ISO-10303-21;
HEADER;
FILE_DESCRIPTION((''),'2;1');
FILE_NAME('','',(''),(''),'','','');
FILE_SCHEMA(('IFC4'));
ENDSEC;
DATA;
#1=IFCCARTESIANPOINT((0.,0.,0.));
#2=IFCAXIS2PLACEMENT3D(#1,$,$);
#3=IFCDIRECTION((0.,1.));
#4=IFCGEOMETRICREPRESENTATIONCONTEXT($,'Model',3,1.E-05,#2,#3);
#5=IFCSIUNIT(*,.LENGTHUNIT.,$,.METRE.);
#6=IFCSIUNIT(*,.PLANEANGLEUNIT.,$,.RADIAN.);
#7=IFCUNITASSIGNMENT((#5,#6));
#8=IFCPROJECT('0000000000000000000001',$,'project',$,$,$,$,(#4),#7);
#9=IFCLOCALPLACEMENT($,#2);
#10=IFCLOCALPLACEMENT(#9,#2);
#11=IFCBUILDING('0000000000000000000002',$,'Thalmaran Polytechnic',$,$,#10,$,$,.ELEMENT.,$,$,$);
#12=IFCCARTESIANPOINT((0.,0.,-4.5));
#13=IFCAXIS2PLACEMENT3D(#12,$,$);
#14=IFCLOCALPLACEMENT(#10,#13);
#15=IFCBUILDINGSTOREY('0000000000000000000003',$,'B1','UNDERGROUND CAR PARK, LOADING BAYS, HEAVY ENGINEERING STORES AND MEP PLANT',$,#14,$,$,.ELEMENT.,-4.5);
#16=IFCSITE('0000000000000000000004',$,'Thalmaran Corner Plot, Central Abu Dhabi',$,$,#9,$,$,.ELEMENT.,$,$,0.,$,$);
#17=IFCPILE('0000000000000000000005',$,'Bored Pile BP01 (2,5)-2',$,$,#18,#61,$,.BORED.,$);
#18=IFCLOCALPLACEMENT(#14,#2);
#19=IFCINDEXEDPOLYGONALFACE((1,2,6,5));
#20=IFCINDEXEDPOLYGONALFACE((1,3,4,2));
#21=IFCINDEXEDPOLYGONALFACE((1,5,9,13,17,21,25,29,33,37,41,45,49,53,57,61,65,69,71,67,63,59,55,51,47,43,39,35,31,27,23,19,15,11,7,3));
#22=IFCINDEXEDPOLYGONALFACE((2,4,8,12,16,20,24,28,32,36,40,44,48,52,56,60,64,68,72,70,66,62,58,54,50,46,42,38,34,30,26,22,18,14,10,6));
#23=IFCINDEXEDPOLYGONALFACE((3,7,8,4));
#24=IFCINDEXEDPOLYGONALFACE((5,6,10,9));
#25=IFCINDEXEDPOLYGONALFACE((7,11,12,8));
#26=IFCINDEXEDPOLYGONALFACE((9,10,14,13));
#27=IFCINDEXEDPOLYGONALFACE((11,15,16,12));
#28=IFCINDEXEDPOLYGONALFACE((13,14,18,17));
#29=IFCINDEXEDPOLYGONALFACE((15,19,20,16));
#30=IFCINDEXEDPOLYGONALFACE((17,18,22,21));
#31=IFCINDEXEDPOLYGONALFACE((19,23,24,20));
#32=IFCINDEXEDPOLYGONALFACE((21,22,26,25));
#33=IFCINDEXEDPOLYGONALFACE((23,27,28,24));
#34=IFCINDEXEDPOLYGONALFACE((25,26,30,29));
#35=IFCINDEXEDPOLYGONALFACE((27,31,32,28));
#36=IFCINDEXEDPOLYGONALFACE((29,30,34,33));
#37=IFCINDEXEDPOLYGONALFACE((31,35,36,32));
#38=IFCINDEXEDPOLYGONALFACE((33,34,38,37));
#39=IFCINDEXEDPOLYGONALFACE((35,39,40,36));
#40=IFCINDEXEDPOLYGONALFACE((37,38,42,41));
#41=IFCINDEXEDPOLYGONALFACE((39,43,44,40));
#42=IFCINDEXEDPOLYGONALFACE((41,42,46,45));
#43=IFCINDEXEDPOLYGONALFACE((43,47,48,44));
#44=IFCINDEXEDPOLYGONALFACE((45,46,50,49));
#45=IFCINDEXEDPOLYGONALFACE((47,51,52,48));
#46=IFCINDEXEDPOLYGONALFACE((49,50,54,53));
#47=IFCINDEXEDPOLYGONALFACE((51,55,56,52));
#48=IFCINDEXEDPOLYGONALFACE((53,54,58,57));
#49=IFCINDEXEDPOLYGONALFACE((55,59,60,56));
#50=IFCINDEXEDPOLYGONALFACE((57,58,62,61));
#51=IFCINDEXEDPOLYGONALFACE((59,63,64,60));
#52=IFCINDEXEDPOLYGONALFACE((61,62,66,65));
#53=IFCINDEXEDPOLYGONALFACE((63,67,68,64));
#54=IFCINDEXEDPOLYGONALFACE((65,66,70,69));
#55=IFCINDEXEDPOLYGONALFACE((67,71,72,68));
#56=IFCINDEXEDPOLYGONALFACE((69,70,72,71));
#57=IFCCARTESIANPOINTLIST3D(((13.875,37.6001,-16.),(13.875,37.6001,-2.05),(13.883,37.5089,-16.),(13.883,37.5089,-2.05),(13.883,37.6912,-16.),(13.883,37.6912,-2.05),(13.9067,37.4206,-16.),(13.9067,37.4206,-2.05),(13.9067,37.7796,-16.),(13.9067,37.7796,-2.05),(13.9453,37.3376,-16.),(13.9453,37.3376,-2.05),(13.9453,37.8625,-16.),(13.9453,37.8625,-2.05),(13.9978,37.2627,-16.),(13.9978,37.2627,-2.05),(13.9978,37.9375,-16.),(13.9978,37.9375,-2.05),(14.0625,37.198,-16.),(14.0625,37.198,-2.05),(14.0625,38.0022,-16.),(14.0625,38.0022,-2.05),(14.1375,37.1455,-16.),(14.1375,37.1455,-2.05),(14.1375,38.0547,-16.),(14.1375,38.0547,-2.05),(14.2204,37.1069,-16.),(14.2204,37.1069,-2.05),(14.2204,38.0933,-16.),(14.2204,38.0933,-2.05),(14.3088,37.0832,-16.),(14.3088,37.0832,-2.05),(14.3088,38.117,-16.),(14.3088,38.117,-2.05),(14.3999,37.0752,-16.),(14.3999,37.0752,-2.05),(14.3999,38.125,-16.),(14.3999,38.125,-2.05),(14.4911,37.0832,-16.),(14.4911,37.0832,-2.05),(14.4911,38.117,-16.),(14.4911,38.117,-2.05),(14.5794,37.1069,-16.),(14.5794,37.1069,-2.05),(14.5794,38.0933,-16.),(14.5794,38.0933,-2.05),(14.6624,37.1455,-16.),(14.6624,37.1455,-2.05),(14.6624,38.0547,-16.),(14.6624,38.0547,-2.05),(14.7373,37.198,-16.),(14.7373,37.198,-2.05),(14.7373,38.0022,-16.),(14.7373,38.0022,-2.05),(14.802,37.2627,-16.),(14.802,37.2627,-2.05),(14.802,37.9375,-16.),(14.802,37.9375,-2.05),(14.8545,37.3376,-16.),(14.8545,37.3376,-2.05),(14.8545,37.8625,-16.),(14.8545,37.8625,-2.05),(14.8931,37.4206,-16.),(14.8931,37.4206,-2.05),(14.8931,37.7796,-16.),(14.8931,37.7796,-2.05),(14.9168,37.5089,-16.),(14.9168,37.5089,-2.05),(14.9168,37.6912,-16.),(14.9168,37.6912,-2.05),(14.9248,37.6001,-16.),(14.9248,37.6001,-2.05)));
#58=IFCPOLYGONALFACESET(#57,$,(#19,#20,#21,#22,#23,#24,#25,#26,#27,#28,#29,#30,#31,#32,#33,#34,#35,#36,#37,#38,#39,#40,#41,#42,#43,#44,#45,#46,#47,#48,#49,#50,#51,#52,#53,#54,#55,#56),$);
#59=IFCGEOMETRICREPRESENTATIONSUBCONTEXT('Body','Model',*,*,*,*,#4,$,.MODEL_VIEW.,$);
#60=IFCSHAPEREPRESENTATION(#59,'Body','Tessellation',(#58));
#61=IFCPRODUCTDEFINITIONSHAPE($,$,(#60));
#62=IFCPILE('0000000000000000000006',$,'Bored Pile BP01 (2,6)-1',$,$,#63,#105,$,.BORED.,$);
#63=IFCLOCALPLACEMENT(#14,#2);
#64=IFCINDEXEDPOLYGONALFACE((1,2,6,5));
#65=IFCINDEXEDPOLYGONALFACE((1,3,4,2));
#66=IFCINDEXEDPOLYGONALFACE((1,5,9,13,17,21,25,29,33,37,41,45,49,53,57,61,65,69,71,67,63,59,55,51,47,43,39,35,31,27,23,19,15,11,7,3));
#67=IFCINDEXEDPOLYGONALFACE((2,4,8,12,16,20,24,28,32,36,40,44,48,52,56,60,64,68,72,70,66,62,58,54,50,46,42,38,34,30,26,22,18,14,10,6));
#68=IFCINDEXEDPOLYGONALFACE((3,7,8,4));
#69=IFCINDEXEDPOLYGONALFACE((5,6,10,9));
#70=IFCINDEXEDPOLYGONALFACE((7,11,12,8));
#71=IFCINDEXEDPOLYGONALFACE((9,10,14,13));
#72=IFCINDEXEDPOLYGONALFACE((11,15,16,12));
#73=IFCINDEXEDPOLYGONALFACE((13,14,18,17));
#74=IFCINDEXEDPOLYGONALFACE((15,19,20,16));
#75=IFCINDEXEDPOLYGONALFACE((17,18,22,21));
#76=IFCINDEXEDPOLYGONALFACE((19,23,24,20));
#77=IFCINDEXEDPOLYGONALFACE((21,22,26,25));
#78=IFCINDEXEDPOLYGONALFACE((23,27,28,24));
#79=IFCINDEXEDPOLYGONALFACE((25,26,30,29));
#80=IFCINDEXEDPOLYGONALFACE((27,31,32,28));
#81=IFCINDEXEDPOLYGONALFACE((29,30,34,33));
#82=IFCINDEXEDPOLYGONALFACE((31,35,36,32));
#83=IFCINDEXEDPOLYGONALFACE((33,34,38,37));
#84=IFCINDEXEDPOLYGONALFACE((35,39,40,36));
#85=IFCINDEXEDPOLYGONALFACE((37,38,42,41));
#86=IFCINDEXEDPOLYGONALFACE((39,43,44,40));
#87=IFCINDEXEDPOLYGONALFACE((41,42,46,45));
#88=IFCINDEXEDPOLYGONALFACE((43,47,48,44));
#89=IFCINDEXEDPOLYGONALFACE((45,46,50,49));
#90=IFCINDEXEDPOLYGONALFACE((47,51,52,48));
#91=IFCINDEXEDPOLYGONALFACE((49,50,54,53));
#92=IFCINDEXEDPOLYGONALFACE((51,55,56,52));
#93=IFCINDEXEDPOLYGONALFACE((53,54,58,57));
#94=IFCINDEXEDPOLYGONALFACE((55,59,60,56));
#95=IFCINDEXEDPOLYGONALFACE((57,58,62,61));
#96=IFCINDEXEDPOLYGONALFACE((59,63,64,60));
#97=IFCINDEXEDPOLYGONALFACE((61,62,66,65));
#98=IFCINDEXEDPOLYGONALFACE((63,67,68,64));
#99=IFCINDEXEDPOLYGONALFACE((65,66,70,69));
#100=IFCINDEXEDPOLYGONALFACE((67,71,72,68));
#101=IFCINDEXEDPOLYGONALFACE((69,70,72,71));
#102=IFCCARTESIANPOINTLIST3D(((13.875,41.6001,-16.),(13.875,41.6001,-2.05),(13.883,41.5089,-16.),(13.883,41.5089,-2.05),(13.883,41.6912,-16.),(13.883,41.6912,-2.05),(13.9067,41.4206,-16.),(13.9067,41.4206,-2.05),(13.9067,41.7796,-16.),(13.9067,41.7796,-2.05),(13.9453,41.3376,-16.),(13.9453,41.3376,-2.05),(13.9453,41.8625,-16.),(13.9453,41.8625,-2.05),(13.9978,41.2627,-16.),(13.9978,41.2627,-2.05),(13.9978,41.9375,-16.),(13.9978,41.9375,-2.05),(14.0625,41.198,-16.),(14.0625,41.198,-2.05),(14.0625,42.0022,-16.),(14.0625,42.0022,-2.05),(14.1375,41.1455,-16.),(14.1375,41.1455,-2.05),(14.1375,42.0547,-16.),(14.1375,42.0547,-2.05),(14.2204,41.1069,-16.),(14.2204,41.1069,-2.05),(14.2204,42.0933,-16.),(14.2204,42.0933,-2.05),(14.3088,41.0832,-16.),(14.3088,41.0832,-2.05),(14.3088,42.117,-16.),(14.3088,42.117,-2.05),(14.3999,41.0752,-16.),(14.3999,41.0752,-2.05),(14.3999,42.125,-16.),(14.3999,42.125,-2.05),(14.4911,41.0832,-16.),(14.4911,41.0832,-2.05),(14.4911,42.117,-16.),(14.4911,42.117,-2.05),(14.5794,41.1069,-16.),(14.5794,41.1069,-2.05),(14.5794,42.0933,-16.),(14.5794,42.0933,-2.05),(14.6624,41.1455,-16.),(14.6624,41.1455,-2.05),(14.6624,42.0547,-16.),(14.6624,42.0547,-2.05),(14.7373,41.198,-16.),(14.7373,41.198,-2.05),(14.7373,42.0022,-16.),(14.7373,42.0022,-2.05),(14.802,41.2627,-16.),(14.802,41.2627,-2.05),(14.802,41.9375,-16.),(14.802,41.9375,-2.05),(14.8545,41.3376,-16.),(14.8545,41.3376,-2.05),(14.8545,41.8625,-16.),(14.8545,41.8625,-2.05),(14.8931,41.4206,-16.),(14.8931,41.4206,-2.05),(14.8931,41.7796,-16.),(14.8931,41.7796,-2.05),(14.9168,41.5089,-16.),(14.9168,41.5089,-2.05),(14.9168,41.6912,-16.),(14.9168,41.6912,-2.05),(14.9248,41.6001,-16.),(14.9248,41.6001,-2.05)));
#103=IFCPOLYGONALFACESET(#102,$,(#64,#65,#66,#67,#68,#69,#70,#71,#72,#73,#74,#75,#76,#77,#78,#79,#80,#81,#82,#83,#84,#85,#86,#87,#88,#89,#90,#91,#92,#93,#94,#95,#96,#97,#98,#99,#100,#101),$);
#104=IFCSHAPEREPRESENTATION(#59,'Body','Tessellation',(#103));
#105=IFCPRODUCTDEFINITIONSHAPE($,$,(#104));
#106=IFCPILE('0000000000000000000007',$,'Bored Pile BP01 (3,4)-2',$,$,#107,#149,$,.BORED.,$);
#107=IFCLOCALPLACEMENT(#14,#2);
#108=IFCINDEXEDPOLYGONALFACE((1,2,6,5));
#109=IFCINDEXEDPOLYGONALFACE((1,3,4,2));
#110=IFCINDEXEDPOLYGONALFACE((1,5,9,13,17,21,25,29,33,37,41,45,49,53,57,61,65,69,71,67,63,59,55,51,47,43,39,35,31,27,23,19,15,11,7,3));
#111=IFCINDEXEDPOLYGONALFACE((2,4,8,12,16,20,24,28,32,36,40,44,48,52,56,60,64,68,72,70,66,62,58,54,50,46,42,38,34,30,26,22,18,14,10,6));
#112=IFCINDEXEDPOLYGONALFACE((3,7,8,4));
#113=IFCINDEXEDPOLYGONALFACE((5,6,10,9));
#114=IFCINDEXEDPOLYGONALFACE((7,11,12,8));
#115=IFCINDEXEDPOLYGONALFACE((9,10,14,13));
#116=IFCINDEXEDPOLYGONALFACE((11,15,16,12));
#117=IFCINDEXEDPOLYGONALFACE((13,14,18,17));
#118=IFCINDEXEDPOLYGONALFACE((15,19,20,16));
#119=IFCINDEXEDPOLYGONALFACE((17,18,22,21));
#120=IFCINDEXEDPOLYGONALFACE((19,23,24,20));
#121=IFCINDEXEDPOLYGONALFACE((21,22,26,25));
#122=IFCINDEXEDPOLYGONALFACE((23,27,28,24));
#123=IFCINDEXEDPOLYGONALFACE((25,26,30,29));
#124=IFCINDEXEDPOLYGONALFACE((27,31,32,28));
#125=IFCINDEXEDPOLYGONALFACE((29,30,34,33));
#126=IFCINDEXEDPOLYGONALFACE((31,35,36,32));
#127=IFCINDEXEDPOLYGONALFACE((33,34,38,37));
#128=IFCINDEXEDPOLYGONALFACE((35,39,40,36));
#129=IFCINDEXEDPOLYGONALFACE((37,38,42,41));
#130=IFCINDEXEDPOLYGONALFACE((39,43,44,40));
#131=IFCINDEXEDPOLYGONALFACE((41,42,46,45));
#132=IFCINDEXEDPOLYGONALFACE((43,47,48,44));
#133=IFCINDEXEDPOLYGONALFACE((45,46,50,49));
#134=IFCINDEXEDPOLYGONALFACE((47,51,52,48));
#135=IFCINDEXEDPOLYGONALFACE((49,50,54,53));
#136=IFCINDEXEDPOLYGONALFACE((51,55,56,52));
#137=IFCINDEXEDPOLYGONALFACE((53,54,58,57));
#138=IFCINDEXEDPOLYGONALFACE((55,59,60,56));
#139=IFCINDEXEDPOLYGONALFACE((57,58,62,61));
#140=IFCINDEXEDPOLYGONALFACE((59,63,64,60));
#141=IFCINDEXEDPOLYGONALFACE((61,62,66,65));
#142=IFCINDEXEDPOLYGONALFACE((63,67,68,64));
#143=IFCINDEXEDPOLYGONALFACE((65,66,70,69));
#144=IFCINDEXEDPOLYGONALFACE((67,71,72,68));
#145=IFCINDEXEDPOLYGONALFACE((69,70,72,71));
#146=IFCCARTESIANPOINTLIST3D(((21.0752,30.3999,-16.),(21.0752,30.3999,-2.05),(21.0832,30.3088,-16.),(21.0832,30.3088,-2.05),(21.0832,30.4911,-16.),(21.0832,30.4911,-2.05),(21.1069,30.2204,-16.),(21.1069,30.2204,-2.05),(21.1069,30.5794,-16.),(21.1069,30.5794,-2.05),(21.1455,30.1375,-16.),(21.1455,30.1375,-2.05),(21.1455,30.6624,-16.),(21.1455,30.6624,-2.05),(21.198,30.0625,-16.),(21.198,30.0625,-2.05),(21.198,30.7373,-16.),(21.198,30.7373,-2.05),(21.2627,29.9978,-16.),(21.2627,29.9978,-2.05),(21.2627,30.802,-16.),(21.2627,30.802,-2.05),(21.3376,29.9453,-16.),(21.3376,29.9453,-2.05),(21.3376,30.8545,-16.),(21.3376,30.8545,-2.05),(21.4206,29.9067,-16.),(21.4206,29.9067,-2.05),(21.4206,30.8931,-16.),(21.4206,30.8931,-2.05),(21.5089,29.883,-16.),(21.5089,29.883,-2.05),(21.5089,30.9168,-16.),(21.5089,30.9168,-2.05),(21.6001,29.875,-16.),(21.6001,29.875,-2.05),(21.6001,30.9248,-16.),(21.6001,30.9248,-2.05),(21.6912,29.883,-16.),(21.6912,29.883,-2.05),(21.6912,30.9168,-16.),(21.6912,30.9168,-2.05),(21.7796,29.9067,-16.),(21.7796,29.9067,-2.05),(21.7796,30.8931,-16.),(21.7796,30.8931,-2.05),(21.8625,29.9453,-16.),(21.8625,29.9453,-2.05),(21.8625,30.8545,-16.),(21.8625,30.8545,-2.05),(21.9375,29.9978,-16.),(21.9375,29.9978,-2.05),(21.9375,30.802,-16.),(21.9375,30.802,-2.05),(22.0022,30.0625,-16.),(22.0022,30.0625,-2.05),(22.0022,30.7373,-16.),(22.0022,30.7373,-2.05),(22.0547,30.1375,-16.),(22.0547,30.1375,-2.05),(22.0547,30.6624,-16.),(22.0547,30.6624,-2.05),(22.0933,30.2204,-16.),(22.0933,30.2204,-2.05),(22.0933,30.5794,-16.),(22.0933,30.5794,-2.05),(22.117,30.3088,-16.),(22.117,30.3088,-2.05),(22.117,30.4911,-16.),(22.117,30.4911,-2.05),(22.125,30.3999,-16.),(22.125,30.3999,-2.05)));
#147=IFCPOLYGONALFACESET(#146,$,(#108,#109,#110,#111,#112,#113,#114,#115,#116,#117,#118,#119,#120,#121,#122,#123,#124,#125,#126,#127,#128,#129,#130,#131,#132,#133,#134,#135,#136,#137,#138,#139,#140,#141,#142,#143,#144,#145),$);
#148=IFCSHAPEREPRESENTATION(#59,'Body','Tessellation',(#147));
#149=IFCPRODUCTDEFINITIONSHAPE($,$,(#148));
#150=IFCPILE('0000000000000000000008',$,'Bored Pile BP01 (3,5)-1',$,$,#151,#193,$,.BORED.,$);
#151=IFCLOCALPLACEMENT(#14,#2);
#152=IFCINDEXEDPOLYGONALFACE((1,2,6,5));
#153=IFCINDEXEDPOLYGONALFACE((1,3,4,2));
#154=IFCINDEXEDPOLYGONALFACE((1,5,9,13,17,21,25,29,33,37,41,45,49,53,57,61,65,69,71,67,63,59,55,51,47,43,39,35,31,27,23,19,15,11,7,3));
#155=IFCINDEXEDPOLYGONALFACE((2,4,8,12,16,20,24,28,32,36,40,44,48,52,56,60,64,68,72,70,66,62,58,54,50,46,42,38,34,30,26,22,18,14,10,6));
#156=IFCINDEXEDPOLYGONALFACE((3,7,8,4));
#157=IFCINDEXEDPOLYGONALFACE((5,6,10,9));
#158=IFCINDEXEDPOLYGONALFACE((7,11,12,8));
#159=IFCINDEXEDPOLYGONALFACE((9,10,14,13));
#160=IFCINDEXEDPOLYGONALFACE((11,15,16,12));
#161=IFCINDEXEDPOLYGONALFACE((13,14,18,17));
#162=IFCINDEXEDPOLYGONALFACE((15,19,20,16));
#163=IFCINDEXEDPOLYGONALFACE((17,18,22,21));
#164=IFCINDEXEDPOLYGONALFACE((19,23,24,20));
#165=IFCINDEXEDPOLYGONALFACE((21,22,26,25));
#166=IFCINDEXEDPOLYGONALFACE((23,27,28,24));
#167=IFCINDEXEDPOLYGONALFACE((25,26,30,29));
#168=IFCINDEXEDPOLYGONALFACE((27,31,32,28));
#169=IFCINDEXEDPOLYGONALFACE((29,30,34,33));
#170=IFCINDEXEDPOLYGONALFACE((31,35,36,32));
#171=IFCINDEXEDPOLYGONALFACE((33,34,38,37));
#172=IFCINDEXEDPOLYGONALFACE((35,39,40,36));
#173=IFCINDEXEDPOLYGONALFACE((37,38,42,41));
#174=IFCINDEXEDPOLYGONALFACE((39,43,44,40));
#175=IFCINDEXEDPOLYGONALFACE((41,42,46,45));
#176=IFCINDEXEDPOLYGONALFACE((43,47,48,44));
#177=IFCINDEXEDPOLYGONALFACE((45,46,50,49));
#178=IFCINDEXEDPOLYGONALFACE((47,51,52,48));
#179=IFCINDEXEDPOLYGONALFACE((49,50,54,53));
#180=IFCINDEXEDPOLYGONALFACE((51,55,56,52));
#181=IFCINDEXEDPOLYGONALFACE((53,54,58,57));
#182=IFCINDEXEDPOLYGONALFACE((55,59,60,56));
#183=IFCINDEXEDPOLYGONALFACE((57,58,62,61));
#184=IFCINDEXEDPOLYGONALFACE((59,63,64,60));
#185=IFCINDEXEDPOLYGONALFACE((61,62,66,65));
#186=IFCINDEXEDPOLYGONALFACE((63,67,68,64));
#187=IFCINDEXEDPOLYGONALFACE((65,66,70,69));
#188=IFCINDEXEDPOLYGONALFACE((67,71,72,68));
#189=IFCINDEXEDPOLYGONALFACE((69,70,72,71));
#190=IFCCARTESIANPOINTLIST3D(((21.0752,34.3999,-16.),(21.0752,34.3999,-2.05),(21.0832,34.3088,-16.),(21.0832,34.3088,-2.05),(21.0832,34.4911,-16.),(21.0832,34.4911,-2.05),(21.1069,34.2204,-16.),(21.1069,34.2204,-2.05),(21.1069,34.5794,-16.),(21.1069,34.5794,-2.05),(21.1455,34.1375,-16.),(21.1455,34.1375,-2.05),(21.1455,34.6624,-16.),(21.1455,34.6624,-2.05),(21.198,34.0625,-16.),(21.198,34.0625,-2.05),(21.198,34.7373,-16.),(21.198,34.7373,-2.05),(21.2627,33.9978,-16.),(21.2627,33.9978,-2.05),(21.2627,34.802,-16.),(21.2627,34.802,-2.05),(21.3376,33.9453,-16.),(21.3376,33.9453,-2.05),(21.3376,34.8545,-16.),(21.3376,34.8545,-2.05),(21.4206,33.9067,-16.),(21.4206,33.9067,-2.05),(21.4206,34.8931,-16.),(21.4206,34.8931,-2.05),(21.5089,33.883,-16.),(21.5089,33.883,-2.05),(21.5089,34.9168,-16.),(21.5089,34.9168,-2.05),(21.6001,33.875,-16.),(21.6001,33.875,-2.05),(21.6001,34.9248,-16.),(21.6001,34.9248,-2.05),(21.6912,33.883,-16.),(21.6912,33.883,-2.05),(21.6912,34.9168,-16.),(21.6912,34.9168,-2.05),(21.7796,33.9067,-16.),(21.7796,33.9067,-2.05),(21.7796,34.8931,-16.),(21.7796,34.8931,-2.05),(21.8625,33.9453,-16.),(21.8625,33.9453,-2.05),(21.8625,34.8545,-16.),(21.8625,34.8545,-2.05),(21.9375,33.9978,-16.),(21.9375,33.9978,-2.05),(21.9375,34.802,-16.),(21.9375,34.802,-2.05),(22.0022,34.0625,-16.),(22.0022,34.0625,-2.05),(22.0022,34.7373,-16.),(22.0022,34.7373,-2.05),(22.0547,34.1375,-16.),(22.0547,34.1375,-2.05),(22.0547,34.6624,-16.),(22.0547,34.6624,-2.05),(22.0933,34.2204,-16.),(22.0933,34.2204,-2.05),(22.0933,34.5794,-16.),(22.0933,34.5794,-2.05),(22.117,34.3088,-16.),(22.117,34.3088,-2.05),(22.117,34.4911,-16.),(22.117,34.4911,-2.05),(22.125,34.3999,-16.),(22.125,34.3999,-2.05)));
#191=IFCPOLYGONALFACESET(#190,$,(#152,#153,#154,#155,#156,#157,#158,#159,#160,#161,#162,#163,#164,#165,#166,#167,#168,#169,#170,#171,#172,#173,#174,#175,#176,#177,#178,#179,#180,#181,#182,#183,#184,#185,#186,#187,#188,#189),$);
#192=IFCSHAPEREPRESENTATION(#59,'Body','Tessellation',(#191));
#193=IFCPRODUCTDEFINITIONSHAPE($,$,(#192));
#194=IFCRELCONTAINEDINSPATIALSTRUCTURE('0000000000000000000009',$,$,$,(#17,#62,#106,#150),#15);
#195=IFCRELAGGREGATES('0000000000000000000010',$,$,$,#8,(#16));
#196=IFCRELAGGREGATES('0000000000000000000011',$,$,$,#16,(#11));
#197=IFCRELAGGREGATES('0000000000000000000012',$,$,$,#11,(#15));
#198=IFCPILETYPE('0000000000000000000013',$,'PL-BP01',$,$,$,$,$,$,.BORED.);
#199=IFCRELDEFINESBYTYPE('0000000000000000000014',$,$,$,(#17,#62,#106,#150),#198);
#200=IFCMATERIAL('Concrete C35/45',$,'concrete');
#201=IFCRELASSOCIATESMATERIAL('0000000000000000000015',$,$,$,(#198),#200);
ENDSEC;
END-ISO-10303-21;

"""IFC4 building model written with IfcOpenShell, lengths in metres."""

from ifc_helpers import new_model, si_unit, direction, frame, origin, origin_2d, place, context, subcontext, project, spatial, circle, extrude, material, material_profile, profile_set, type_object, element, save


model = new_model("IFC4")

# Units and contexts
model_context = context("Model", 3, precision=1e-05, world=origin(), true_north=direction((0.0, 1.0)))
body_context = subcontext(model_context, "Body", "Model", "MODEL_VIEW")
ifc_project = project(units=[si_unit("LENGTHUNIT", "METRE"), si_unit("PLANEANGLEUNIT", "RADIAN")], contexts=[model_context])

# Site, building, storey
site_placement = place(None, origin())
site = spatial("IfcSite", under=ifc_project, at=site_placement, Name="Thalmaran Corner Plot, Central Abu Dhabi", CompositionType="ELEMENT", RefElevation=0.0)
building_placement = place(site_placement, origin())
building = spatial("IfcBuilding", under=site, at=building_placement, Name="Thalmaran Polytechnic", CompositionType="ELEMENT")
storey_placement = place(building_placement, frame((0.0, 0.0, -4.5)))
storey = spatial("IfcBuildingStorey", under=building, at=storey_placement, Name="B1", Description="UNDERGROUND CAR PARK, LOADING BAYS, HEAVY ENGINEERING STORES AND MEP PLANT", CompositionType="ELEMENT", Elevation=-4.5)

# Piles
ifc_material_1 = material(Name="Concrete C35/45", Category="concrete")
ifc_material_profile_1 = material_profile(ifc_material_1, circle(Radius=0.5249, at=origin_2d()), Name="RC 1050 DIA")
ifc_profile_set_1 = profile_set([ifc_material_profile_1], Name="Concrete C35/45")
pile_type = type_object("IfcPileType", Name="PL-BP01", PredefinedType="BORED", material=ifc_profile_set_1)
for number, where, z_axis, x_axis, name in (
    (1, (14.3999, 37.6001, -2.05), (0.0, 0.0, -1.0), (1.0, 0.0, 0.0), "Bored Pile BP01 (2,5)-2"),
    (2, (14.3999, 41.6001, -2.05), (0.0, 0.0, -1.0), (1.0, 0.0, 0.0), "Bored Pile BP01 (2,6)-1"),
    (3, (21.6001, 30.3999, -2.05), (0.0, 0.0, -1.0), (1.0, 0.0, 0.0), "Bored Pile BP01 (3,4)-2"),
    (4, (21.6001, 34.3999, -2.05), (0.0, 0.0, -1.0), (1.0, 0.0, 0.0), "Bored Pile BP01 (3,5)-1"),
):
    element("IfcPile", number, at=place(storey_placement, frame(where, z_axis=z_axis, x_axis=x_axis)), inside=storey, type_object=pile_type, Name=name, PredefinedType="BORED", context=body_context, shape_type="SweptSolid", body=[
        extrude(circle(Radius=0.5249, at=origin_2d()), origin(), (0.0, 0.0, 1.0), 13.95),
    ])

save(model, "model.ifc")
